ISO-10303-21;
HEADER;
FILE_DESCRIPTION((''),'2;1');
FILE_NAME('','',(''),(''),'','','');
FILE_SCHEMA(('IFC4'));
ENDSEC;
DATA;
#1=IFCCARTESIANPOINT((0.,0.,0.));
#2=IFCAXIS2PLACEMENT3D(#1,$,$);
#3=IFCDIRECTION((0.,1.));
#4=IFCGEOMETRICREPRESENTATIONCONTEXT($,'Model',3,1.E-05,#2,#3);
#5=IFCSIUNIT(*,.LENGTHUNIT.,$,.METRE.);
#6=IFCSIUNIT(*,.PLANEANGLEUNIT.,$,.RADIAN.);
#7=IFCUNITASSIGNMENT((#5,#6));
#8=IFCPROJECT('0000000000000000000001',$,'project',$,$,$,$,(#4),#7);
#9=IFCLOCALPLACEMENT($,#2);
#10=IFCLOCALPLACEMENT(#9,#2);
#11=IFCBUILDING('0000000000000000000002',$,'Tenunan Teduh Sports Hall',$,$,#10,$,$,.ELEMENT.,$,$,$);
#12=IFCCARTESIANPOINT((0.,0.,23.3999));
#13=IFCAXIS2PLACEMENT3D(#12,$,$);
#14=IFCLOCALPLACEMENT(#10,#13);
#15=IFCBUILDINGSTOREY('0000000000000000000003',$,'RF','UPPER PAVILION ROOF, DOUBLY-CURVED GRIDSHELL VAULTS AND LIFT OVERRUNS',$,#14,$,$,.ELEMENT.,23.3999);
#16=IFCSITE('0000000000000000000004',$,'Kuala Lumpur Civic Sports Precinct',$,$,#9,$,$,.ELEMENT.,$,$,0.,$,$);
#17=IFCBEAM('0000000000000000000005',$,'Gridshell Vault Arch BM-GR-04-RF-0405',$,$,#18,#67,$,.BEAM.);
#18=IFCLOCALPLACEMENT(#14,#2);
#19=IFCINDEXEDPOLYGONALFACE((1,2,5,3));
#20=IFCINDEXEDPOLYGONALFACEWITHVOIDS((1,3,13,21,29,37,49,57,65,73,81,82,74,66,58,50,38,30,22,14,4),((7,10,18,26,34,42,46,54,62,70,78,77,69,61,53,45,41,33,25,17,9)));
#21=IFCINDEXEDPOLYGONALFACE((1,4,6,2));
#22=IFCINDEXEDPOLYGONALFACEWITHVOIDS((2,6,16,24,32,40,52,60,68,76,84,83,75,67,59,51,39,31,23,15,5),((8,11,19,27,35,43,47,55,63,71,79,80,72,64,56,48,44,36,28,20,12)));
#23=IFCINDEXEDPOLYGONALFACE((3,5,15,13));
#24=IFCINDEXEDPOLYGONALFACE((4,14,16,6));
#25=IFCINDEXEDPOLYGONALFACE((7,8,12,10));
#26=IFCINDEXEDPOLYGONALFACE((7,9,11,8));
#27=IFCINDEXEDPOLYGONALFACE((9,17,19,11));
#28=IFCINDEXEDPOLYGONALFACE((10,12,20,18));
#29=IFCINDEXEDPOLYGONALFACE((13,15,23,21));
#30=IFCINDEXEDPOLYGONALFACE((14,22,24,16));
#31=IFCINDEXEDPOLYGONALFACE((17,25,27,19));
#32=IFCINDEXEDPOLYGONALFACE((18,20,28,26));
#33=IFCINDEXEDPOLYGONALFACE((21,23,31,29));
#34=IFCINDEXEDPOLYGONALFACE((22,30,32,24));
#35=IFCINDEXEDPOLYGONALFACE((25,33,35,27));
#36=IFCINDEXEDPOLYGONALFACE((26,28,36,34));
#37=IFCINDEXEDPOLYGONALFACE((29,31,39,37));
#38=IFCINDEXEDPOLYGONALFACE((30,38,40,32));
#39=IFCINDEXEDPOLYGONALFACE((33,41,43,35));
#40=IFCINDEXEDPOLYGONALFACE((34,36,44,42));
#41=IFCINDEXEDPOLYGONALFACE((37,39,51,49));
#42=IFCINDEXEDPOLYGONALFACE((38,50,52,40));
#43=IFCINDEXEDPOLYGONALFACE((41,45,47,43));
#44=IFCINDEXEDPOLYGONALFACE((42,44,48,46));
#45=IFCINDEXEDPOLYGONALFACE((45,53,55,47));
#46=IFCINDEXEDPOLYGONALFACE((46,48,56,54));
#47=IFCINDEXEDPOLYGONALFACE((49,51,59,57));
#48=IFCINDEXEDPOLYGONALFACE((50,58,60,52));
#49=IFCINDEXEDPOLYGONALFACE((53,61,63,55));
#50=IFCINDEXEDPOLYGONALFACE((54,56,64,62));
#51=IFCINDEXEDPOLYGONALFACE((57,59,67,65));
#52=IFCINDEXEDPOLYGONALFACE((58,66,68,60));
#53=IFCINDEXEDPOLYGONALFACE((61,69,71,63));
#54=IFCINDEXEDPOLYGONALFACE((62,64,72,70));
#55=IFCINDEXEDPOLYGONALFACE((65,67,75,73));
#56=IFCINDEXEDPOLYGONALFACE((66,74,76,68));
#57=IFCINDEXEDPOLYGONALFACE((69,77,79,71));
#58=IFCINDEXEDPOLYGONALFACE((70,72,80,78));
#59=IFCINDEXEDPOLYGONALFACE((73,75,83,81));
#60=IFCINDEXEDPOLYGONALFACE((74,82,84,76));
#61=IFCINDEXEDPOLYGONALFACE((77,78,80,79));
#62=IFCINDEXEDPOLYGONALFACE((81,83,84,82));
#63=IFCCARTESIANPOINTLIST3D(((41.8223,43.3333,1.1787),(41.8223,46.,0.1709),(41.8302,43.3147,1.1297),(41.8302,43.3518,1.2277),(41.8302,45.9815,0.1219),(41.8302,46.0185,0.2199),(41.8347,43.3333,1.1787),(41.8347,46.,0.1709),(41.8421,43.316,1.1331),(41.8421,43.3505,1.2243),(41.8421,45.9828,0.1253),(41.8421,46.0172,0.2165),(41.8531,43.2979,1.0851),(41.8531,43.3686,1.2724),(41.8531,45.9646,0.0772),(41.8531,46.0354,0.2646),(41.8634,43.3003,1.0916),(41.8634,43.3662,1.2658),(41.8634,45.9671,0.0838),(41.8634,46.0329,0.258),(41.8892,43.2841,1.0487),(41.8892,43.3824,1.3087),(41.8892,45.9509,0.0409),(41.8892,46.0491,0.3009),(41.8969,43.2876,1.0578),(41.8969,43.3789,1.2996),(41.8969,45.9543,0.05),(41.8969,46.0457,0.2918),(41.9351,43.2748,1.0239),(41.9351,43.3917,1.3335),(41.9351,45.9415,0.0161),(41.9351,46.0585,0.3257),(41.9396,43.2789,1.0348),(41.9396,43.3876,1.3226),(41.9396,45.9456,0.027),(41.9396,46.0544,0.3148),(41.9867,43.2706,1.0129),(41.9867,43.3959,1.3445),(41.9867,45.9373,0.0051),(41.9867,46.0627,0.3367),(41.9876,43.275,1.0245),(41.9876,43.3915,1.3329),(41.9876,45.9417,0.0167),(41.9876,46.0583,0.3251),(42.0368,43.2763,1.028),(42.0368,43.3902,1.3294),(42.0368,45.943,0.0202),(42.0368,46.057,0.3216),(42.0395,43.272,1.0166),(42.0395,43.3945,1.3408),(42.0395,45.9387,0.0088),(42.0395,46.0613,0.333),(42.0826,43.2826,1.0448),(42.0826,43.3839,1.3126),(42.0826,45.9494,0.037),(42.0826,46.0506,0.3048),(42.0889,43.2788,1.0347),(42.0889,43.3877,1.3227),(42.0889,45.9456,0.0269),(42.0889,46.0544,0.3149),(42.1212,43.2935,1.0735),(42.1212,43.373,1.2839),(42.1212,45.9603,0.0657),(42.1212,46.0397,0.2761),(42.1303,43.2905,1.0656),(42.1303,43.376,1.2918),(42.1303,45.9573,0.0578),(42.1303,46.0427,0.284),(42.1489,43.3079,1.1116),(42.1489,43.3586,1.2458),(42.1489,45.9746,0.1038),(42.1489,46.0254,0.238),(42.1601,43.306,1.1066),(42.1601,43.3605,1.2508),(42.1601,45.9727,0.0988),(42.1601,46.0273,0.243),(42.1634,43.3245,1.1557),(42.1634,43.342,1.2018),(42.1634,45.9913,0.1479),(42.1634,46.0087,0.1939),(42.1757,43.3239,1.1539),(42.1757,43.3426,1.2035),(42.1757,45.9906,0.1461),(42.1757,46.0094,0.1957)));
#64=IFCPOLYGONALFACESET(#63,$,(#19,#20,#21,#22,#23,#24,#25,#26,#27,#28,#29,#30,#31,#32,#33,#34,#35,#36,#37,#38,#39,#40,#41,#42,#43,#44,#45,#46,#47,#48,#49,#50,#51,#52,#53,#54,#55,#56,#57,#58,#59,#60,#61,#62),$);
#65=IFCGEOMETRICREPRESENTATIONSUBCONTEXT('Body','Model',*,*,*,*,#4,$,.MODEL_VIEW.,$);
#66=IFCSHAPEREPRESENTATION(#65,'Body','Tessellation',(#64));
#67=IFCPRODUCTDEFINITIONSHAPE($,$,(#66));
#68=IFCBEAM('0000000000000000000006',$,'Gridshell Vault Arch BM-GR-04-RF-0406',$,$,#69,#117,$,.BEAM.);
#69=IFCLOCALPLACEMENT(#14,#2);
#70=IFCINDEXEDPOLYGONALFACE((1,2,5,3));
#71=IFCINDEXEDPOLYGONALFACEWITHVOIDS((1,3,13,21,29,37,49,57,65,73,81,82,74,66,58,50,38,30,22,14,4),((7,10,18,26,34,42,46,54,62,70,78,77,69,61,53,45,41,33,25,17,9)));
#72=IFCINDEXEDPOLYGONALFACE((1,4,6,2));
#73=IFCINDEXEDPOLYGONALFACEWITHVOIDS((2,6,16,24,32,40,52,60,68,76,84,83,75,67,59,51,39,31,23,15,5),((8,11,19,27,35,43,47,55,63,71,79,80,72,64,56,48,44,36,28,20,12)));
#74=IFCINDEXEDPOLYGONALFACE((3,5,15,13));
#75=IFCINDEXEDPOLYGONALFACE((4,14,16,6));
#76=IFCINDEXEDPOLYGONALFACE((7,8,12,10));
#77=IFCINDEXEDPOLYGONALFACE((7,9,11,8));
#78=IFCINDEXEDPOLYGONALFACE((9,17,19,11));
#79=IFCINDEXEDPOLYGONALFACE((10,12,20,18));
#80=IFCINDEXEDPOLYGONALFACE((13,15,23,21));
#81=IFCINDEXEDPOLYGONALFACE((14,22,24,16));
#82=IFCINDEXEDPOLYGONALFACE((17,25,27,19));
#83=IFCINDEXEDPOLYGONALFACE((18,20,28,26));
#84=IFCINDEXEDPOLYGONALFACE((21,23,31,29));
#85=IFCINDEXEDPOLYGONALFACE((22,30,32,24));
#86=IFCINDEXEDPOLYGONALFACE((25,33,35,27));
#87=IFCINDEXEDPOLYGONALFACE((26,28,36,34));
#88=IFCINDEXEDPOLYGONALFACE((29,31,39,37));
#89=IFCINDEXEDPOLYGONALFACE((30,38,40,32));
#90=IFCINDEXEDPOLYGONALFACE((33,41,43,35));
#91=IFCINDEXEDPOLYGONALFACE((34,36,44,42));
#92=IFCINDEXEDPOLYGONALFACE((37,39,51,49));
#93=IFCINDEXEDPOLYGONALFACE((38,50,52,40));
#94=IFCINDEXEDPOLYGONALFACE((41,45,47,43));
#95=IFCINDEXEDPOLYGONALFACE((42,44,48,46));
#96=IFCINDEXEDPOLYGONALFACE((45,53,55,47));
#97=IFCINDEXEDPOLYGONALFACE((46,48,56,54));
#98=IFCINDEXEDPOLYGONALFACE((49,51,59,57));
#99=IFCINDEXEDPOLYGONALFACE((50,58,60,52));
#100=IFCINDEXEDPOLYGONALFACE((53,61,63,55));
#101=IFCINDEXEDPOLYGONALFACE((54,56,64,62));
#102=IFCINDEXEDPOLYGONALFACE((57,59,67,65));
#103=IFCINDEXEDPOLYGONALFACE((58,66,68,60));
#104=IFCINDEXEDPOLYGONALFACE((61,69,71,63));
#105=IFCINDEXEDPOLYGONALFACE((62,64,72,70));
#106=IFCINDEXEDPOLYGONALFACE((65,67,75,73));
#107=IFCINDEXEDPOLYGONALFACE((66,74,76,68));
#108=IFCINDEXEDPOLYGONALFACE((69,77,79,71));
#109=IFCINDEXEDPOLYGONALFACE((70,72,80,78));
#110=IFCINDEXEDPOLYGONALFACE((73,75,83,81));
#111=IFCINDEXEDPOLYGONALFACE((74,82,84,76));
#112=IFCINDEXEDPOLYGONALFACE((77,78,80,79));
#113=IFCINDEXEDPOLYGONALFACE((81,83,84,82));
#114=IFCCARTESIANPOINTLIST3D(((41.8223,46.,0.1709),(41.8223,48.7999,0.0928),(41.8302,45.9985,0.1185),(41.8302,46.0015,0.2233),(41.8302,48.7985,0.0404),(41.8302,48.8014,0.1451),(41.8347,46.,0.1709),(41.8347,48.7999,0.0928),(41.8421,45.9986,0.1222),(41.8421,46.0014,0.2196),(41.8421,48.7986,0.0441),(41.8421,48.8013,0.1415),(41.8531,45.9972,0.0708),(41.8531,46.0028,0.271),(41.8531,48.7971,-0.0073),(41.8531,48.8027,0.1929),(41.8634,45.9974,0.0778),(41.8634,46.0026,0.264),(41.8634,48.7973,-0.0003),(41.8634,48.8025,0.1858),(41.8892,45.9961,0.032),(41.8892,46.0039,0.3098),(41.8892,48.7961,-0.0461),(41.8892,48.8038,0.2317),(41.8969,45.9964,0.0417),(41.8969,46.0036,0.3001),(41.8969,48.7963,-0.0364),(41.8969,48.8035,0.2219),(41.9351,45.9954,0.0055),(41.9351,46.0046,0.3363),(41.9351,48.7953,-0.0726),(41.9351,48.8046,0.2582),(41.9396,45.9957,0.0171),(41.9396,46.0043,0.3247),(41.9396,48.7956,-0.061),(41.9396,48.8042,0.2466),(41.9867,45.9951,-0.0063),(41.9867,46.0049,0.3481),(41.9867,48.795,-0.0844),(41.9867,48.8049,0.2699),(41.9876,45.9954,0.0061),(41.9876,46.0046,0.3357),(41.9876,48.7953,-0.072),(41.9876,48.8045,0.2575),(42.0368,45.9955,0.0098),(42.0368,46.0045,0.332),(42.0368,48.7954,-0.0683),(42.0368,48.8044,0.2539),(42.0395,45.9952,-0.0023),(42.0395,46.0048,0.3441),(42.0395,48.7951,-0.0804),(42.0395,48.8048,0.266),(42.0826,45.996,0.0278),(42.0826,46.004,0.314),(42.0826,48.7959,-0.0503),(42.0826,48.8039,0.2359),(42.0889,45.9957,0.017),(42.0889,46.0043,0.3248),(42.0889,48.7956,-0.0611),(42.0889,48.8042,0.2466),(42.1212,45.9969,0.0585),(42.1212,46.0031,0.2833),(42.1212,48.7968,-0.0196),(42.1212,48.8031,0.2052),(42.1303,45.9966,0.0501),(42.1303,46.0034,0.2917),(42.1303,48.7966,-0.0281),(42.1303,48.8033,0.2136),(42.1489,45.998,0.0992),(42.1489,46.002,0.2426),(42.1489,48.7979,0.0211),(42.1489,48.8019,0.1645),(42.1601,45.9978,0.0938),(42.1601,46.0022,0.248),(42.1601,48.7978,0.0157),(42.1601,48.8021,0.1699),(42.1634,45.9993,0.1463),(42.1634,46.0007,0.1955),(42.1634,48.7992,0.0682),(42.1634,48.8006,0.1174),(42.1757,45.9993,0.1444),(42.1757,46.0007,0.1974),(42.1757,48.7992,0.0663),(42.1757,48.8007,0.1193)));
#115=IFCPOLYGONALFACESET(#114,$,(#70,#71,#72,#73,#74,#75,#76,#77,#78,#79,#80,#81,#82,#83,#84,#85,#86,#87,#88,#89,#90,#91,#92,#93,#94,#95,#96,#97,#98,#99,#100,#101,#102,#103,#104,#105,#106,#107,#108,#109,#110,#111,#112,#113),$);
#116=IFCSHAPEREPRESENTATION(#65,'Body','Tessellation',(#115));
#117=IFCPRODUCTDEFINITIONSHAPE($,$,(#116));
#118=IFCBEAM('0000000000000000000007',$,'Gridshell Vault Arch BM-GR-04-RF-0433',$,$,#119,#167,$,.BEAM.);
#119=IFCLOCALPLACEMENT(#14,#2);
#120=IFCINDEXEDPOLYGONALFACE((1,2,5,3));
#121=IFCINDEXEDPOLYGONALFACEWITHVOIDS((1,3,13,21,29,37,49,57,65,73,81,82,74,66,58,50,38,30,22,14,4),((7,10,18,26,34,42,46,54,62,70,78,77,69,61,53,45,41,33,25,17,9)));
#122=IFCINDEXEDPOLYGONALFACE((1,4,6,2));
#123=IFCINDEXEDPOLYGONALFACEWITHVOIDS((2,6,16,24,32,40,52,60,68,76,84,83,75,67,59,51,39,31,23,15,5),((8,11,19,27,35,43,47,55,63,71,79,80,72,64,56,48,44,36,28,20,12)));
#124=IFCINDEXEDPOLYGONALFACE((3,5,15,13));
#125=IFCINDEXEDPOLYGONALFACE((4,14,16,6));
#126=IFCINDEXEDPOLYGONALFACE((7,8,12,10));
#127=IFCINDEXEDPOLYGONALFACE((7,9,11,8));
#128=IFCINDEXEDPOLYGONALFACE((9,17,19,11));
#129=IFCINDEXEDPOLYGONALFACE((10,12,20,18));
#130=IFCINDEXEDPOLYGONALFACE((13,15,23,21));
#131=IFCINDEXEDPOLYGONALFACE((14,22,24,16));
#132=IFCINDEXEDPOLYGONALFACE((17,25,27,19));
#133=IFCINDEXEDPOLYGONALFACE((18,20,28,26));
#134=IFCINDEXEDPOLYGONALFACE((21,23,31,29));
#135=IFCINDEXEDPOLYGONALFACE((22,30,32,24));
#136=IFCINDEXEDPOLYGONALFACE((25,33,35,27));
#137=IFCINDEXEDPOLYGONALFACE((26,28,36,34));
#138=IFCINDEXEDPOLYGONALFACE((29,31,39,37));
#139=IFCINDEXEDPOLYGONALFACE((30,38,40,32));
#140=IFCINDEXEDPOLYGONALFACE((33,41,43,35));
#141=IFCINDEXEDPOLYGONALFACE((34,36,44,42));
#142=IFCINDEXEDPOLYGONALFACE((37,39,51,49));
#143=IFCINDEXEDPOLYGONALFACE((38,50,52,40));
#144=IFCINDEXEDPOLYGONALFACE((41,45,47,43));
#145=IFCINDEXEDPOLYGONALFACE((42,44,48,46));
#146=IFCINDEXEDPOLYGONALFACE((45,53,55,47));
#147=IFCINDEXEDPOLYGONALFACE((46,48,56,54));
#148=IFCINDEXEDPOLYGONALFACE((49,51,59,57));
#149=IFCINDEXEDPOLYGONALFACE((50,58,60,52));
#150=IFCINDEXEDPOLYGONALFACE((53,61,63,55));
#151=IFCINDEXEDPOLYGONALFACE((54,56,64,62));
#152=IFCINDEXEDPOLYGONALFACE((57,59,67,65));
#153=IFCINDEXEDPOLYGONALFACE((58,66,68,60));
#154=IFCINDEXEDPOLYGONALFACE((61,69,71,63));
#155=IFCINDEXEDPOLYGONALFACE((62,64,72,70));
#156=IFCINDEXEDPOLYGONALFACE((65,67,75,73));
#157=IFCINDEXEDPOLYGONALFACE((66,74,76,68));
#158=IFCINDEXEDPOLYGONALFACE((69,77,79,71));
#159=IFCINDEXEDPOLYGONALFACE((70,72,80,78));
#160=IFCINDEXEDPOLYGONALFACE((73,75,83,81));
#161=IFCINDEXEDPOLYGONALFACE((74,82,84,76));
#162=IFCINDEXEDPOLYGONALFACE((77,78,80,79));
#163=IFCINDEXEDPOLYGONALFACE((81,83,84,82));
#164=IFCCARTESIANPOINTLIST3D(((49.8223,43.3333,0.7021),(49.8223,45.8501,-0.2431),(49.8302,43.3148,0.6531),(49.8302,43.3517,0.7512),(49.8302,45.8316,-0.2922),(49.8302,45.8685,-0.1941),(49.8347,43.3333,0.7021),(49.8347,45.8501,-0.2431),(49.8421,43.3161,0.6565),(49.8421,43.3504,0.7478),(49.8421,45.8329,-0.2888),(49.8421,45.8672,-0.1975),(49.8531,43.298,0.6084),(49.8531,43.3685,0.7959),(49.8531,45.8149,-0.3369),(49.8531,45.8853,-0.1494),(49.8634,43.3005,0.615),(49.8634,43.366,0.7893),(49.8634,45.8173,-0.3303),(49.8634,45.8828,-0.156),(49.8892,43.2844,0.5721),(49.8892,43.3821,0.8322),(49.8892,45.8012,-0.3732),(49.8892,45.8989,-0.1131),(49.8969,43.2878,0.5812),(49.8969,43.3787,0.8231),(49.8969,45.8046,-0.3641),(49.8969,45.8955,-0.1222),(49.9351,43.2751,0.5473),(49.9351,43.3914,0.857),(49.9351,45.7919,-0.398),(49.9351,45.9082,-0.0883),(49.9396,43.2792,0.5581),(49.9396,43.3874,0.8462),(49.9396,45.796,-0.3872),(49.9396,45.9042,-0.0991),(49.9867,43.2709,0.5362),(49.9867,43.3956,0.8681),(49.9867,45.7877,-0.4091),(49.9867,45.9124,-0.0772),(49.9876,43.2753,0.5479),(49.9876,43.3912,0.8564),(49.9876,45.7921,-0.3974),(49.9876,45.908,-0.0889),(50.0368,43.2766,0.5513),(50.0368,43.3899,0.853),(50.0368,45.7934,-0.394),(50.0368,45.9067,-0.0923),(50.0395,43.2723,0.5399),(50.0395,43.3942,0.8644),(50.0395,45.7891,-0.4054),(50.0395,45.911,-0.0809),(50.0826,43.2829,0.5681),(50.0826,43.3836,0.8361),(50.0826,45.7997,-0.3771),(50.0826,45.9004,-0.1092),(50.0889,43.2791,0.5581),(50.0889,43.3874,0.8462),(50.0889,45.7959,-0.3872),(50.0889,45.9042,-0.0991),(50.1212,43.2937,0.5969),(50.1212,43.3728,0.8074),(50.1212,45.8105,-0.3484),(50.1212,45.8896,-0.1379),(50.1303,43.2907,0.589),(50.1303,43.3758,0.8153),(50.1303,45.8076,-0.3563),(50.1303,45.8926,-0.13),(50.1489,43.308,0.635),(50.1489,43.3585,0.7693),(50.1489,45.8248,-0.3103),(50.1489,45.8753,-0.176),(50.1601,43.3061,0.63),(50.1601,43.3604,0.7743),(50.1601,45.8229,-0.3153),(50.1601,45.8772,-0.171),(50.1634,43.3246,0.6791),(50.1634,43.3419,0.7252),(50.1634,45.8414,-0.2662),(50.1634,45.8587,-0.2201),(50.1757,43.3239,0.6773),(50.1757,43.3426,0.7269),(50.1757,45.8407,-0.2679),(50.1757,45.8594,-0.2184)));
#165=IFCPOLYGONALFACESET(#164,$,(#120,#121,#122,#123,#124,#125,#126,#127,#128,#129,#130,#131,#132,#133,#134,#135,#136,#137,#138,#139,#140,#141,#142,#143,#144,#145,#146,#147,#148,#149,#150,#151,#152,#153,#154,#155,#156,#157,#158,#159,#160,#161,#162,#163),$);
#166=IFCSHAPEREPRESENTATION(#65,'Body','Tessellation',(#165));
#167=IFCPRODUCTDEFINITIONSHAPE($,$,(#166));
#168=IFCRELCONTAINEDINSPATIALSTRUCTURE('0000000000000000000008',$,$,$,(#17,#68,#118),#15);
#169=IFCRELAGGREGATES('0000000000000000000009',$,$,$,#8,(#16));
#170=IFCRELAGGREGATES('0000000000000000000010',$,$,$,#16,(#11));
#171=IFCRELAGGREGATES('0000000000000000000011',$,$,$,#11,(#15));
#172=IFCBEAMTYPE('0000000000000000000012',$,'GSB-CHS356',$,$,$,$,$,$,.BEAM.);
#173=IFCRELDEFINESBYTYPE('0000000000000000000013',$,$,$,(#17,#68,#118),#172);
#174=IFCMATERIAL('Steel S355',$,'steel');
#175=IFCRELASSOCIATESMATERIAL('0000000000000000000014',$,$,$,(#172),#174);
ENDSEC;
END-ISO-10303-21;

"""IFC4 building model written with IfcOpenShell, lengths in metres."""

from ifc_helpers import new_model, si_unit, direction, frame, origin, origin_2d, place, context, subcontext, project, spatial, hollow_circle, extrude, material, material_profile, profile_set, type_object, element, save


model = new_model("IFC4")

# Units and contexts
model_context = context("Model", 3, precision=1e-05, world=origin(), true_north=direction((0.0, 1.0)))
body_context = subcontext(model_context, "Body", "Model", "MODEL_VIEW")
ifc_project = project(units=[si_unit("LENGTHUNIT", "METRE"), si_unit("PLANEANGLEUNIT", "RADIAN")], contexts=[model_context])

# Site, building, storey
site_placement = place(None, origin())
site = spatial("IfcSite", under=ifc_project, at=site_placement, Name="Kuala Lumpur Civic Sports Precinct", CompositionType="ELEMENT", RefElevation=0.0)
building_placement = place(site_placement, origin())
building = spatial("IfcBuilding", under=site, at=building_placement, Name="Tenunan Teduh Sports Hall", CompositionType="ELEMENT")
storey_placement = place(building_placement, frame((0.0, 0.0, 23.3999)))
storey = spatial("IfcBuildingStorey", under=building, at=storey_placement, Name="RF", Description="UPPER PAVILION ROOF, DOUBLY-CURVED GRIDSHELL VAULTS AND LIFT OVERRUNS", CompositionType="ELEMENT", Elevation=23.3999)

# Beams
ifc_material_1 = material(Name="Steel S355", Category="steel")
ifc_material_profile_1 = material_profile(ifc_material_1, hollow_circle(Radius=0.1777, WallThickness=0.0125, at=origin_2d()), Name="CHS 355.6x12.5")
ifc_profile_set_1 = profile_set([ifc_material_profile_1], Name="Steel S355")
beam_type_1 = type_object("IfcBeamType", Name="GSB-CHS356", PredefinedType="BEAM", material=ifc_profile_set_1)
beam_1_placement = place(storey_placement, frame((42.0, 43.3333, 1.1787), z_axis=(0.0, 0.935429, -0.353515), x_axis=(-1.0, 0.0, 0.0)))
element("IfcBeam", 1, at=beam_1_placement, inside=storey, type_object=beam_type_1, Name="Gridshell Vault Arch BM-GR-04-RF-0405", PredefinedType="BEAM", context=body_context, shape_type="SweptSolid", body=[
    extrude(hollow_circle(Radius=0.1777, WallThickness=0.0125, at=origin_2d()), origin(), (0.0, 0.0, 1.0), 2.8508),
])
beam_2_placement = place(storey_placement, frame((42.0, 46.0, 0.1709), z_axis=(0.0, 0.999611, -0.02789), x_axis=(-1.0, 0.0, 0.0)))
element("IfcBeam", 2, at=beam_2_placement, inside=storey, type_object=beam_type_1, Name="Gridshell Vault Arch BM-GR-04-RF-0406", PredefinedType="BEAM", context=body_context, shape_type="SweptSolid", body=[
    extrude(hollow_circle(Radius=0.1777, WallThickness=0.0125, at=origin_2d()), origin(), (0.0, 0.0, 1.0), 2.801),
])
beam_3_placement = place(storey_placement, frame((50.0, 43.3333, 0.7021), z_axis=(0.0, 0.936146, -0.351611), x_axis=(-1.0, 0.0, 0.0)))
element("IfcBeam", 3, at=beam_3_placement, inside=storey, type_object=beam_type_1, Name="Gridshell Vault Arch BM-GR-04-RF-0433", PredefinedType="BEAM", context=body_context, shape_type="SweptSolid", body=[
    extrude(hollow_circle(Radius=0.1777, WallThickness=0.0125, at=origin_2d()), origin(), (0.0, 0.0, 1.0), 2.6885),
])

save(model, "model.ifc")
